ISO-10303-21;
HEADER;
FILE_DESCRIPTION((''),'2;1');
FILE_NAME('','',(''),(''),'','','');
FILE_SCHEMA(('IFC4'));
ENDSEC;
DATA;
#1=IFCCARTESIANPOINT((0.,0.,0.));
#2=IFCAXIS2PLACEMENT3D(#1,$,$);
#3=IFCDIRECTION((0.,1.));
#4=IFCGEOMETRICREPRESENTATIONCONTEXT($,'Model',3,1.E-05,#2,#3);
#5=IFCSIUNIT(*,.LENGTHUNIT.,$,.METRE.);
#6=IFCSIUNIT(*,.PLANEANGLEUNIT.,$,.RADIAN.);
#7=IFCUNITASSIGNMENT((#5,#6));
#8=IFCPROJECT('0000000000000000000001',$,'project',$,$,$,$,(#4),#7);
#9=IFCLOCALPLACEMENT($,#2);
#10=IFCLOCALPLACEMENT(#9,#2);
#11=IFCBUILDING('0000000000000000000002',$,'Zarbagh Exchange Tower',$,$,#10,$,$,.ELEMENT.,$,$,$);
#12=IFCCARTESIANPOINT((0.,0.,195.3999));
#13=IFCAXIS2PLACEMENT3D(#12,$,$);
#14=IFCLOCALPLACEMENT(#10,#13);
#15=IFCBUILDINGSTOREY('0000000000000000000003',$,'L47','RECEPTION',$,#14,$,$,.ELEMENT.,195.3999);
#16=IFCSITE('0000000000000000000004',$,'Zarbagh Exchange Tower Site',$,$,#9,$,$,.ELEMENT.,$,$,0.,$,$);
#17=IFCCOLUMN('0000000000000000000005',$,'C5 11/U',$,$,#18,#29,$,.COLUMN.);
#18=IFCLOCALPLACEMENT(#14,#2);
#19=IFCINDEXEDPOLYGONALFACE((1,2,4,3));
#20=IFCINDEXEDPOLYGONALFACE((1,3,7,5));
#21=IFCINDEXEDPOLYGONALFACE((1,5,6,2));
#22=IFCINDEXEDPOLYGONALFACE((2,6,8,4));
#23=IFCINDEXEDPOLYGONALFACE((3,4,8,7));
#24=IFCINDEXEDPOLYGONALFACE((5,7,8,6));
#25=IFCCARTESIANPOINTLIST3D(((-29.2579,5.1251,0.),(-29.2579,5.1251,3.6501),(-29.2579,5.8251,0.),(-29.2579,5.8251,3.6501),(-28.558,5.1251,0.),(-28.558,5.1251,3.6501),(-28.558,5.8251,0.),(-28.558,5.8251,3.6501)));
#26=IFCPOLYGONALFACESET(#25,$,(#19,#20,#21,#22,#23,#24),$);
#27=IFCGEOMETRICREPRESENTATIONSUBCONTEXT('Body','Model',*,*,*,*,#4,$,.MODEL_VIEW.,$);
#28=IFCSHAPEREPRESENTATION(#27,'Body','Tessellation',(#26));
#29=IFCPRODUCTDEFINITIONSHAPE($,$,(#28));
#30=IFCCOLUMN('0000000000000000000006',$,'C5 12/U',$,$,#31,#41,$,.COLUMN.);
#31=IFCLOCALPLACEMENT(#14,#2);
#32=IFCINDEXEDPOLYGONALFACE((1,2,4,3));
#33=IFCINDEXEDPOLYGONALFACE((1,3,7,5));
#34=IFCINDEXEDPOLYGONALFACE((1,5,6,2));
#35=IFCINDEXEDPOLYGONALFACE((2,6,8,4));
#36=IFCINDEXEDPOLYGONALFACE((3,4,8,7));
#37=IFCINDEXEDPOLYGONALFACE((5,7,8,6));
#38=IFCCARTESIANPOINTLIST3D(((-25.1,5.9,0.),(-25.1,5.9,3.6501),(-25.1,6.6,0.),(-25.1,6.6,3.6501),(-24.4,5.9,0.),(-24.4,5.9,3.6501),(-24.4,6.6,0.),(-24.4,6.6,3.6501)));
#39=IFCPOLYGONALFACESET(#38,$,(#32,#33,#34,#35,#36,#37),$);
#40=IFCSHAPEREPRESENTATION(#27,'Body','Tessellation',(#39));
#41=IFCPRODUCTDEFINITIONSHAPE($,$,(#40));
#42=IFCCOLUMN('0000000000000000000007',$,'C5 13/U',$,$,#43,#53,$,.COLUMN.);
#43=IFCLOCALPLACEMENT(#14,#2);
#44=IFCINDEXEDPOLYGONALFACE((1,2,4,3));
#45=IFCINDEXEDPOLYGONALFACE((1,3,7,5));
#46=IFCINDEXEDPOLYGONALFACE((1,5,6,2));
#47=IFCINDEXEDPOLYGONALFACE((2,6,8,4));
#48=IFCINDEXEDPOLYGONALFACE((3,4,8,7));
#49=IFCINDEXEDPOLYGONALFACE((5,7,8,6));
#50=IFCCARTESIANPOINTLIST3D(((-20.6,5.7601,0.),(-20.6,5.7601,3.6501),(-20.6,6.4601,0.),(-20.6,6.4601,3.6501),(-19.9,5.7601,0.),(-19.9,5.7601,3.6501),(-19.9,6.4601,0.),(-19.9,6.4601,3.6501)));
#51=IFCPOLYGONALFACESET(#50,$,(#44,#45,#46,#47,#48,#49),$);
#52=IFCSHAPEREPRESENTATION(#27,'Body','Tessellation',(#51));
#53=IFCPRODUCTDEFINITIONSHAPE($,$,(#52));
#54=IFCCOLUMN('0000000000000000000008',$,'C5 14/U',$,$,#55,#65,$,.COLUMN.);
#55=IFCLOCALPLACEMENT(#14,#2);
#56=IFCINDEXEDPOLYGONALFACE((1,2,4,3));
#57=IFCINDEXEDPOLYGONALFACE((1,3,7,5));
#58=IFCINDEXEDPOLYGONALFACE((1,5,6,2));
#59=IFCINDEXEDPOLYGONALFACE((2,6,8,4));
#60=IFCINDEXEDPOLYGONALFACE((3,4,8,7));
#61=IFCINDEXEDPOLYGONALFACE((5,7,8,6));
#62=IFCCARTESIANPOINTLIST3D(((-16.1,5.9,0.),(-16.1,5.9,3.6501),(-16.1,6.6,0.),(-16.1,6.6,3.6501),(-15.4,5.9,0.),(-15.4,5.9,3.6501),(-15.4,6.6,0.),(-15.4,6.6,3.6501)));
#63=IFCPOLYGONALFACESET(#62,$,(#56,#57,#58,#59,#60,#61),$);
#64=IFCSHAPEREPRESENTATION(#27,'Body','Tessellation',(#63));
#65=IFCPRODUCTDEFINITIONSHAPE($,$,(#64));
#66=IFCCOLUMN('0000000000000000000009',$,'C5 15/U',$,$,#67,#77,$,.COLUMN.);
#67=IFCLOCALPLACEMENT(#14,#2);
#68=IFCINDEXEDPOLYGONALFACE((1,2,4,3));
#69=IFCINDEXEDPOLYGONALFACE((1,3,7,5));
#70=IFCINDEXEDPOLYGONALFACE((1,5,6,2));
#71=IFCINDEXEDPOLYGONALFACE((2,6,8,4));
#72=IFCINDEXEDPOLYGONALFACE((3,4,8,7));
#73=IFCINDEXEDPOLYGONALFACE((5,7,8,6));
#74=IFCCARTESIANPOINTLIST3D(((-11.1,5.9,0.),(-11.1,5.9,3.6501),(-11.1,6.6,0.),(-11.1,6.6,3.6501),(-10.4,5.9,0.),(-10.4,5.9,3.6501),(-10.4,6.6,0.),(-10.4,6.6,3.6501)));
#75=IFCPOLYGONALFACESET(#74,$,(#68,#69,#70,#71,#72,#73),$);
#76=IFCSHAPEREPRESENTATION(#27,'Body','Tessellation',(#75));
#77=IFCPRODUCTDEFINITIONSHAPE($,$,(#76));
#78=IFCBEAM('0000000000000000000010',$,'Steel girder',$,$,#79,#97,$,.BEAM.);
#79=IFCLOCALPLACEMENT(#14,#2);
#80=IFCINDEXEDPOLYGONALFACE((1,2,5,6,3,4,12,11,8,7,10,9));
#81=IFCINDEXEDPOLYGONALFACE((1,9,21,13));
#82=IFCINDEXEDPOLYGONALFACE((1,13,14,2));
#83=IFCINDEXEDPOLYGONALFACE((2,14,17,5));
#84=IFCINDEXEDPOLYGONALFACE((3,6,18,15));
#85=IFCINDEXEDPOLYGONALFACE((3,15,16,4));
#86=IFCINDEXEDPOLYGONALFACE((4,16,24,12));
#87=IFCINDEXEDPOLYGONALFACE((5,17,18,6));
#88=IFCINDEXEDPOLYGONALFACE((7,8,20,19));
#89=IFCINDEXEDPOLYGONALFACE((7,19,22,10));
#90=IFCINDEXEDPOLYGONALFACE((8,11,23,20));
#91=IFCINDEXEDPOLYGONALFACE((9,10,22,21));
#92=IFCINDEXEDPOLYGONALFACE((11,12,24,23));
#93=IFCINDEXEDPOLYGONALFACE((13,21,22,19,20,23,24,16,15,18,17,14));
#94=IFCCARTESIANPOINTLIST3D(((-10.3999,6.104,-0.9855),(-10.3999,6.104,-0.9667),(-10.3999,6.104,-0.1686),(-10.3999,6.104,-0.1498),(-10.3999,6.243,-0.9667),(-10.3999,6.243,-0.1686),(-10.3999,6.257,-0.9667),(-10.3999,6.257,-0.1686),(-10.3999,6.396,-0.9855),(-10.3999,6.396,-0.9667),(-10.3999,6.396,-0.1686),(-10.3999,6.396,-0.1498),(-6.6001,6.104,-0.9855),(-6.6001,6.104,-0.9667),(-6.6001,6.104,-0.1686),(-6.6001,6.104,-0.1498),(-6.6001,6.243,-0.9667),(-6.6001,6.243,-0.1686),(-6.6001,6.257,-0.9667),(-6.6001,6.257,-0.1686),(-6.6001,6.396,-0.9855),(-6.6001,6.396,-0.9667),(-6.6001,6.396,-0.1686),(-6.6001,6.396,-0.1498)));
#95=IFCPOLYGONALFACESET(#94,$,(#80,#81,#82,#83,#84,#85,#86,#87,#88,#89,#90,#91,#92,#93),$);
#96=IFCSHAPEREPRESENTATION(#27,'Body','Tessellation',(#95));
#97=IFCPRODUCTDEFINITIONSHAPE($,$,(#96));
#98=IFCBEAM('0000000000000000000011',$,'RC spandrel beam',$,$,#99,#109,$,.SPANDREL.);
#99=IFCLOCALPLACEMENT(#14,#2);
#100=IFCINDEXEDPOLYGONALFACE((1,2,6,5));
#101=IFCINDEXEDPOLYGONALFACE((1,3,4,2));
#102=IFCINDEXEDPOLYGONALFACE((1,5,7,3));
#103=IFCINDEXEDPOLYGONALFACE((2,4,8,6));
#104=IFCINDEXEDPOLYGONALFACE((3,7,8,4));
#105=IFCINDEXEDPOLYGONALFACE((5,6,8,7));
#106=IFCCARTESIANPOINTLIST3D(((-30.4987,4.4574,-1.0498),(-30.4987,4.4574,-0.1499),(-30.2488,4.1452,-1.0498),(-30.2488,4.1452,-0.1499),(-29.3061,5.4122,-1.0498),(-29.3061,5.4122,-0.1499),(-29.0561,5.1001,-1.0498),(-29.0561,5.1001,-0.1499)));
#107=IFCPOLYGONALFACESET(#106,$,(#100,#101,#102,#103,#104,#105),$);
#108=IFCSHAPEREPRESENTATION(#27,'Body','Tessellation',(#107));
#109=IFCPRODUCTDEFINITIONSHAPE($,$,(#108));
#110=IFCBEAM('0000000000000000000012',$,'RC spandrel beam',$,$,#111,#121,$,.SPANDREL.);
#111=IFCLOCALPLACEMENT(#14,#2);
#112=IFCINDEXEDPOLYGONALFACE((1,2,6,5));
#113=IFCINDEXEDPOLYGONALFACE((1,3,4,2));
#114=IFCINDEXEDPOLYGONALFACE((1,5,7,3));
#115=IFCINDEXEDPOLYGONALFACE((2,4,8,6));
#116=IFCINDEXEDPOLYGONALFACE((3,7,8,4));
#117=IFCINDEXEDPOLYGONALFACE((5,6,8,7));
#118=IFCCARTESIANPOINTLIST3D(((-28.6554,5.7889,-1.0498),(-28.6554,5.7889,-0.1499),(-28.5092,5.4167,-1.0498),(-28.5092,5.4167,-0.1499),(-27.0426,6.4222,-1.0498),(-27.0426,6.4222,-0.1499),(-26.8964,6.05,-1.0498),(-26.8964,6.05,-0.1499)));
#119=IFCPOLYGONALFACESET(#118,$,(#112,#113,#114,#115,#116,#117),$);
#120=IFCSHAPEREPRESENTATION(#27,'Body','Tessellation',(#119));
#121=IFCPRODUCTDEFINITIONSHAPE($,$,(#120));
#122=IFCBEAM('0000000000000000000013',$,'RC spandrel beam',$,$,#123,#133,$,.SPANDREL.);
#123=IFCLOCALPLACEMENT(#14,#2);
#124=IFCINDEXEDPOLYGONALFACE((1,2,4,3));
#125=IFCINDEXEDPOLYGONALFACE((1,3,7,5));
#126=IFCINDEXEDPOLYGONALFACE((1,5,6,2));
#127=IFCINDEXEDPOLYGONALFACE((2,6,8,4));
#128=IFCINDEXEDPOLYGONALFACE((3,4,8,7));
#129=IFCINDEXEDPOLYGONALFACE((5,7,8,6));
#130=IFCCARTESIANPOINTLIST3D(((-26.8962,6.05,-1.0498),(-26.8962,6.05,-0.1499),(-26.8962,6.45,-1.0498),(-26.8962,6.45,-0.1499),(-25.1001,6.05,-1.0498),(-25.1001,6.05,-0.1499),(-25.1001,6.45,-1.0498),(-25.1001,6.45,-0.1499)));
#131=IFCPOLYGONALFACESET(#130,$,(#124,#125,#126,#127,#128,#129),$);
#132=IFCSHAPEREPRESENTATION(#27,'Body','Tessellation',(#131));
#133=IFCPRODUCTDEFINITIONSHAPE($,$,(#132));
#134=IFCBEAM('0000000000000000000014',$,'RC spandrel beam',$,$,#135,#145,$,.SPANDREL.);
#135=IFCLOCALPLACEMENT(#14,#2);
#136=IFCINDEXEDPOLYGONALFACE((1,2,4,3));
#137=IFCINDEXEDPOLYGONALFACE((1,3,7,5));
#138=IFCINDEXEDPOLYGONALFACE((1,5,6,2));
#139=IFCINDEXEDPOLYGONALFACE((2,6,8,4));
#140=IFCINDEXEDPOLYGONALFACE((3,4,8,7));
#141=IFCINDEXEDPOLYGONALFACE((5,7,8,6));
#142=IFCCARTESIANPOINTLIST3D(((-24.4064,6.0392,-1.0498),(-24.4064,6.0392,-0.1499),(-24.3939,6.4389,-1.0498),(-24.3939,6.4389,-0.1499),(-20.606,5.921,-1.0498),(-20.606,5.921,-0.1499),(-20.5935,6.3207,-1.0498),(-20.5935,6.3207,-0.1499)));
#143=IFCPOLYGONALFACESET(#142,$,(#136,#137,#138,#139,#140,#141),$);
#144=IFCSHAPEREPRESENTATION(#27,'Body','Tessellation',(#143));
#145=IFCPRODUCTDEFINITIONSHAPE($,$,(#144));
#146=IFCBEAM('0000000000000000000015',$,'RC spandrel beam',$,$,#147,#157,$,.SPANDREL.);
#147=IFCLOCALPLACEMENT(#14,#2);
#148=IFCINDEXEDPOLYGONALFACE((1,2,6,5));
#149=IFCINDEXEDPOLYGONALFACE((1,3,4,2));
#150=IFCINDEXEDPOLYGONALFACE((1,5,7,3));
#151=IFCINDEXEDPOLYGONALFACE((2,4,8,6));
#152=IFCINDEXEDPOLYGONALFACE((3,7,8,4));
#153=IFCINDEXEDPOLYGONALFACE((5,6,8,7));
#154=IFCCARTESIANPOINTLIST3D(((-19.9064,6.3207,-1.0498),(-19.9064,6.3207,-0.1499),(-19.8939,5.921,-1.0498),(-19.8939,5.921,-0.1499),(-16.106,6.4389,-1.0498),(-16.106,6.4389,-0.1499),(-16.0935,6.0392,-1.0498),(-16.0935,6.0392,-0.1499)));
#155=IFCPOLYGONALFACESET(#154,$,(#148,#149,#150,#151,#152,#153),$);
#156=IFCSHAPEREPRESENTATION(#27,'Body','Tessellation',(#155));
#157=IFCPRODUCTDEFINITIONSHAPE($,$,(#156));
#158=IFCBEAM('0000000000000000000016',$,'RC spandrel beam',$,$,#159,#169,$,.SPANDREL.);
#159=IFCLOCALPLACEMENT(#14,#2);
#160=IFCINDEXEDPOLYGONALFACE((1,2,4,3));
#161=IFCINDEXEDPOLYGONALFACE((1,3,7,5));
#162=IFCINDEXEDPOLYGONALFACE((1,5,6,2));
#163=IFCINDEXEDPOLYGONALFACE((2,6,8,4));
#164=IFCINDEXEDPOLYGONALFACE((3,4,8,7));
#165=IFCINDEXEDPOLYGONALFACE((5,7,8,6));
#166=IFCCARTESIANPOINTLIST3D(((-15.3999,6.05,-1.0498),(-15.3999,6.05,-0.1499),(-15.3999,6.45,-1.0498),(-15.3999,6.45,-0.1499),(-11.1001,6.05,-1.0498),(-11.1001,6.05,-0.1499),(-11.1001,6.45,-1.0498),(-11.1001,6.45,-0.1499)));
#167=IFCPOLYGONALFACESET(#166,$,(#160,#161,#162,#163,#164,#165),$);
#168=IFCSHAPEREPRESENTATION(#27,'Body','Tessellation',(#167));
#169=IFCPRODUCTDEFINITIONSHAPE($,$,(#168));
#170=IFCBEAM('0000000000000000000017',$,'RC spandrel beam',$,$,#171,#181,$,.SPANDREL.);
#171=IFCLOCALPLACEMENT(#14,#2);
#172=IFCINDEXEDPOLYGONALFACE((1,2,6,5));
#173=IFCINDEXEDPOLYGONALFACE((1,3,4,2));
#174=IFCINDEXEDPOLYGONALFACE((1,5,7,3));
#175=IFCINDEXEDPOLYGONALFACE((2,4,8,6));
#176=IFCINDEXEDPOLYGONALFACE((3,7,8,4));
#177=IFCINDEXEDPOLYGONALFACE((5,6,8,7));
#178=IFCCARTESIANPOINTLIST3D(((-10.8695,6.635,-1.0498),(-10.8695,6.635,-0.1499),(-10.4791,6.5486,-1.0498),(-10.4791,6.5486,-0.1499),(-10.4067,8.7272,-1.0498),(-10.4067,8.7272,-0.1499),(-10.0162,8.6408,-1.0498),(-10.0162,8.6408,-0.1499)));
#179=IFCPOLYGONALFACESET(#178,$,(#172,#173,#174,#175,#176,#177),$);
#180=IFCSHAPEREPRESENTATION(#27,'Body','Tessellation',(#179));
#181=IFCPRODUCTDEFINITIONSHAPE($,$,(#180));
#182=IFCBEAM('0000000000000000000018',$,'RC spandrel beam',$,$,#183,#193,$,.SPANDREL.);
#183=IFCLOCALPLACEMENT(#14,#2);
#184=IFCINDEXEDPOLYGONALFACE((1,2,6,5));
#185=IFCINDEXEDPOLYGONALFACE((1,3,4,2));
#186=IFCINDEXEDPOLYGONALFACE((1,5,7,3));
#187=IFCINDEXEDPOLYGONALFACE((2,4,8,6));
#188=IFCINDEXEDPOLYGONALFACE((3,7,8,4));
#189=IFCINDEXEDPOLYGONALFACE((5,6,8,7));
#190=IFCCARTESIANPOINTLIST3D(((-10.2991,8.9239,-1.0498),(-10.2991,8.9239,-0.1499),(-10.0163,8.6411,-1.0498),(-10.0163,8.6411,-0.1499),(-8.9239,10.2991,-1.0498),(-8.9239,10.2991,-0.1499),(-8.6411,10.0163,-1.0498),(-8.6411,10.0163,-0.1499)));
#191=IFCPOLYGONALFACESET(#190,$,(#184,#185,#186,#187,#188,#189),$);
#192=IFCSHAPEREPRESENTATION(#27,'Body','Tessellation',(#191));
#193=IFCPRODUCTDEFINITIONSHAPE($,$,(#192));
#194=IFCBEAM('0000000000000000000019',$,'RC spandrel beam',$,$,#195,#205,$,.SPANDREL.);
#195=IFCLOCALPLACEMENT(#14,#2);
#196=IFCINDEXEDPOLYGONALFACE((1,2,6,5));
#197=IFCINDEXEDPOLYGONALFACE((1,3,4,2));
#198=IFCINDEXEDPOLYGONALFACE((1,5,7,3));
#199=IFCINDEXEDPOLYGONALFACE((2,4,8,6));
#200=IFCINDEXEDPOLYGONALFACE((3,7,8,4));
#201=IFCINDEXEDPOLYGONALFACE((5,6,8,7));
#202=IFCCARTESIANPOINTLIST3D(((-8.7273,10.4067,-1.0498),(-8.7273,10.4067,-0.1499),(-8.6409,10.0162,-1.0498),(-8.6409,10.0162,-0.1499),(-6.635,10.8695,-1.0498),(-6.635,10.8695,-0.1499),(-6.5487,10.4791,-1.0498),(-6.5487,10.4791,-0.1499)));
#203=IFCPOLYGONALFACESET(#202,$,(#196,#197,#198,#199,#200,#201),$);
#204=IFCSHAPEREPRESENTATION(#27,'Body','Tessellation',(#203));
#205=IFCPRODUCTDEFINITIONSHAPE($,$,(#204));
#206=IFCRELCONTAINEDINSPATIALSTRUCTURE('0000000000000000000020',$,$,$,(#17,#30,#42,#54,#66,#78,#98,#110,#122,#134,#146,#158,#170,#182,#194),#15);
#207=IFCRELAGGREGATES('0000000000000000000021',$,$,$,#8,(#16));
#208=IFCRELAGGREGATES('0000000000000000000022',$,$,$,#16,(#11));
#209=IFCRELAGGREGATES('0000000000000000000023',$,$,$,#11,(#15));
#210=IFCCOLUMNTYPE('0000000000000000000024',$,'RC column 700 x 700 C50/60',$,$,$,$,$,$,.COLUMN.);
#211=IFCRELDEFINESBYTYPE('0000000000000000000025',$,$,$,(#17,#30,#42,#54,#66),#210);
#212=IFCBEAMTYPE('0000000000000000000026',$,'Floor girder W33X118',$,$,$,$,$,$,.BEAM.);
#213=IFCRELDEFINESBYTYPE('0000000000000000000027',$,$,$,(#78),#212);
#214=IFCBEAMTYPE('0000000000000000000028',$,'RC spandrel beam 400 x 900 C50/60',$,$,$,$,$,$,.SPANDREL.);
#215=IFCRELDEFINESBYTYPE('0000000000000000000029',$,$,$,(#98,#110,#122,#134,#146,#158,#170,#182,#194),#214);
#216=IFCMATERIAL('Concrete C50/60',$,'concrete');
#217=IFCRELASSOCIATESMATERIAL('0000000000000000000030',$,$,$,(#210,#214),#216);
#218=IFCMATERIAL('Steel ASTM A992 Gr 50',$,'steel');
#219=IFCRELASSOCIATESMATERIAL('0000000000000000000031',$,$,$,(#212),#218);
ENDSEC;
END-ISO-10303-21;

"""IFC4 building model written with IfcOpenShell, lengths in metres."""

from ifc_helpers import new_model, si_unit, direction, frame, origin, origin_2d, place, context, subcontext, project, spatial, rectangle, i_section, extrude, material, material_profile, profile_set, type_object, element, save


model = new_model("IFC4")

# Units and contexts
model_context = context("Model", 3, precision=1e-05, world=origin(), true_north=direction((0.0, 1.0)))
body_context = subcontext(model_context, "Body", "Model", "MODEL_VIEW")
ifc_project = project(units=[si_unit("LENGTHUNIT", "METRE"), si_unit("PLANEANGLEUNIT", "RADIAN")], contexts=[model_context])

# Site, building, storey
site_placement = place(None, origin())
site = spatial("IfcSite", under=ifc_project, at=site_placement, Name="Zarbagh Exchange Tower Site", CompositionType="ELEMENT", RefElevation=0.0)
building_placement = place(site_placement, origin())
building = spatial("IfcBuilding", under=site, at=building_placement, Name="Zarbagh Exchange Tower", CompositionType="ELEMENT")
storey_placement = place(building_placement, frame((0.0, 0.0, 195.3999)))
storey = spatial("IfcBuildingStorey", under=building, at=storey_placement, Name="L47", Description="RECEPTION", CompositionType="ELEMENT", Elevation=195.3999)

# Columns
ifc_material_1 = material(Name="Concrete C50/60", Category="concrete")
ifc_material_profile_1 = material_profile(ifc_material_1, rectangle(XDim=0.7, YDim=0.7, at=origin_2d()), Name="RC column 700 x 700 C50/60")
ifc_profile_set_1 = profile_set([ifc_material_profile_1], Name="Concrete C50/60")
column_type = type_object("IfcColumnType", Name="RC column 700 x 700 C50/60", PredefinedType="COLUMN", material=ifc_profile_set_1)
for number, where, z_axis, x_axis, name in (
    (1, (-28.908, 5.4751, 0.0), (0.0, 0.0, 1.0), (1.0, 0.0, 0.0), "C5 11/U"),
    (2, (-24.75, 6.25, 0.0), (0.0, 0.0, 1.0), (1.0, 0.0, 0.0), "C5 12/U"),
    (3, (-20.25, 6.1101, 0.0), (0.0, 0.0, 1.0), (1.0, 0.0, 0.0), "C5 13/U"),
    (4, (-15.75, 6.25, 0.0), (0.0, 0.0, 1.0), (1.0, 0.0, 0.0), "C5 14/U"),
    (5, (-10.75, 6.25, 0.0), (0.0, 0.0, 1.0), (1.0, 0.0, 0.0), "C5 15/U"),
):
    element("IfcColumn", number, at=place(storey_placement, frame(where, z_axis=z_axis, x_axis=x_axis)), inside=storey, type_object=column_type, Name=name, PredefinedType="COLUMN", context=body_context, shape_type="SweptSolid", body=[
        extrude(rectangle(XDim=0.7, YDim=0.7, at=origin_2d()), origin(), (0.0, 0.0, 1.0), 3.6501),
    ])

# Beams
ifc_material_2 = material(Name="Steel ASTM A992 Gr 50", Category="steel")
ifc_material_profile_2 = material_profile(ifc_material_2, i_section(OverallWidth=0.292, OverallDepth=0.8357, WebThickness=0.0139, FlangeThickness=0.0188, at=origin_2d()), Name="W33X118")
ifc_profile_set_2 = profile_set([ifc_material_profile_2], Name="Steel ASTM A992 Gr 50")
beam_type_1 = type_object("IfcBeamType", Name="Floor girder W33X118", PredefinedType="BEAM", material=ifc_profile_set_2)
beam_1_placement = place(storey_placement, frame((-10.3999, 6.25, -0.5676), z_axis=(1.0, 0.0, 0.0), x_axis=(0.0, 1.0, 0.0)))
element("IfcBeam", 6, at=beam_1_placement, inside=storey, type_object=beam_type_1, Name="Steel girder", PredefinedType="BEAM", context=body_context, shape_type="SweptSolid", body=[
    extrude(i_section(OverallWidth=0.292, OverallDepth=0.8357, WebThickness=0.0139, FlangeThickness=0.0188, at=origin_2d()), origin(), (0.0, 0.0, 1.0), 3.7998),
])
ifc_material_profile_3 = material_profile(ifc_material_1, rectangle(XDim=0.3999, YDim=0.8999, at=origin_2d()), Name="RC spandrel beam 400 x 900 C50/60")
ifc_profile_set_3 = profile_set([ifc_material_profile_3], Name="Concrete C50/60")
beam_type_2 = type_object("IfcBeamType", Name="RC spandrel beam 400 x 900 C50/60", PredefinedType="SPANDREL", material=ifc_profile_set_3)
beam_2_placement = place(storey_placement, frame((-30.3738, 4.3013, -0.5999), z_axis=(0.780635, 0.624987, 0.0), x_axis=(-0.624987, 0.780635, 0.0)))
element("IfcBeam", 7, at=beam_2_placement, inside=storey, type_object=beam_type_2, Name="RC spandrel beam", PredefinedType="SPANDREL", context=body_context, shape_type="SweptSolid", body=[
    extrude(rectangle(XDim=0.3999, YDim=0.8999, at=origin_2d()), origin(), (0.0, 0.0, 1.0), 1.5278),
])
beam_3_placement = place(storey_placement, frame((-28.5823, 5.6028, -0.5999), z_axis=(0.93081, 0.365504, 0.0), x_axis=(-0.365504, 0.93081, 0.0)))
element("IfcBeam", 8, at=beam_3_placement, inside=storey, type_object=beam_type_2, Name="RC spandrel beam", PredefinedType="SPANDREL", context=body_context, shape_type="SweptSolid", body=[
    extrude(rectangle(XDim=0.3999, YDim=0.8999, at=origin_2d()), origin(), (0.0, 0.0, 1.0), 1.7327),
])
beam_4_placement = place(storey_placement, frame((-26.8962, 6.25, -0.5999), z_axis=(1.0, 0.0, 0.0), x_axis=(0.0, 1.0, 0.0)))
element("IfcBeam", 9, at=beam_4_placement, inside=storey, type_object=beam_type_2, Name="RC spandrel beam", PredefinedType="SPANDREL", context=body_context, shape_type="SweptSolid", body=[
    extrude(rectangle(XDim=0.3999, YDim=0.8999, at=origin_2d()), origin(), (0.0, 0.0, 1.0), 1.7961),
])
for number, where, z_axis, x_axis, name in (
    (10, (-24.4001, 6.239, -0.5999), (0.999517, -0.031078, 0.0), (0.031078, 0.999517, 0.0), "RC spandrel beam"),
    (11, (-19.9001, 6.1208, -0.5999), (0.999517, 0.031078, 0.0), (-0.031078, 0.999517, 0.0), "RC spandrel beam"),
):
    element("IfcBeam", number, at=place(storey_placement, frame(where, z_axis=z_axis, x_axis=x_axis)), inside=storey, type_object=beam_type_2, Name=name, PredefinedType="SPANDREL", context=body_context, shape_type="SweptSolid", body=[
        extrude(rectangle(XDim=0.3999, YDim=0.8999, at=origin_2d()), origin(), (0.0, 0.0, 1.0), 3.8022),
    ])
beam_5_placement = place(storey_placement, frame((-15.3999, 6.25, -0.5999), z_axis=(1.0, 0.0, 0.0), x_axis=(0.0, 1.0, 0.0)))
element("IfcBeam", 12, at=beam_5_placement, inside=storey, type_object=beam_type_2, Name="RC spandrel beam", PredefinedType="SPANDREL", context=body_context, shape_type="SweptSolid", body=[
    extrude(rectangle(XDim=0.3999, YDim=0.8999, at=origin_2d()), origin(), (0.0, 0.0, 1.0), 4.2998),
])
beam_6_placement = place(storey_placement, frame((-10.6743, 6.5918, -0.5999), z_axis=(0.216014, 0.97639, 0.0), x_axis=(-0.97639, 0.216014, 0.0)))
element("IfcBeam", 13, at=beam_6_placement, inside=storey, type_object=beam_type_2, Name="RC spandrel beam", PredefinedType="SPANDREL", context=body_context, shape_type="SweptSolid", body=[
    extrude(rectangle(XDim=0.3999, YDim=0.8999, at=origin_2d()), origin(), (0.0, 0.0, 1.0), 2.1428),
])
beam_7_placement = place(storey_placement, frame((-10.1577, 8.7825, -0.5999), z_axis=(0.707107, 0.707107, 0.0), x_axis=(-0.707107, 0.707107, 0.0)))
element("IfcBeam", 14, at=beam_7_placement, inside=storey, type_object=beam_type_2, Name="RC spandrel beam", PredefinedType="SPANDREL", context=body_context, shape_type="SweptSolid", body=[
    extrude(rectangle(XDim=0.3999, YDim=0.8999, at=origin_2d()), origin(), (0.0, 0.0, 1.0), 1.9448),
])
beam_8_placement = place(storey_placement, frame((-8.6841, 10.2114, -0.5999), z_axis=(0.97639, 0.216014, 0.0), x_axis=(-0.216014, 0.97639, 0.0)))
element("IfcBeam", 15, at=beam_8_placement, inside=storey, type_object=beam_type_2, Name="RC spandrel beam", PredefinedType="SPANDREL", context=body_context, shape_type="SweptSolid", body=[
    extrude(rectangle(XDim=0.3999, YDim=0.8999, at=origin_2d()), origin(), (0.0, 0.0, 1.0), 2.1428),
])

save(model, "model.ifc")
